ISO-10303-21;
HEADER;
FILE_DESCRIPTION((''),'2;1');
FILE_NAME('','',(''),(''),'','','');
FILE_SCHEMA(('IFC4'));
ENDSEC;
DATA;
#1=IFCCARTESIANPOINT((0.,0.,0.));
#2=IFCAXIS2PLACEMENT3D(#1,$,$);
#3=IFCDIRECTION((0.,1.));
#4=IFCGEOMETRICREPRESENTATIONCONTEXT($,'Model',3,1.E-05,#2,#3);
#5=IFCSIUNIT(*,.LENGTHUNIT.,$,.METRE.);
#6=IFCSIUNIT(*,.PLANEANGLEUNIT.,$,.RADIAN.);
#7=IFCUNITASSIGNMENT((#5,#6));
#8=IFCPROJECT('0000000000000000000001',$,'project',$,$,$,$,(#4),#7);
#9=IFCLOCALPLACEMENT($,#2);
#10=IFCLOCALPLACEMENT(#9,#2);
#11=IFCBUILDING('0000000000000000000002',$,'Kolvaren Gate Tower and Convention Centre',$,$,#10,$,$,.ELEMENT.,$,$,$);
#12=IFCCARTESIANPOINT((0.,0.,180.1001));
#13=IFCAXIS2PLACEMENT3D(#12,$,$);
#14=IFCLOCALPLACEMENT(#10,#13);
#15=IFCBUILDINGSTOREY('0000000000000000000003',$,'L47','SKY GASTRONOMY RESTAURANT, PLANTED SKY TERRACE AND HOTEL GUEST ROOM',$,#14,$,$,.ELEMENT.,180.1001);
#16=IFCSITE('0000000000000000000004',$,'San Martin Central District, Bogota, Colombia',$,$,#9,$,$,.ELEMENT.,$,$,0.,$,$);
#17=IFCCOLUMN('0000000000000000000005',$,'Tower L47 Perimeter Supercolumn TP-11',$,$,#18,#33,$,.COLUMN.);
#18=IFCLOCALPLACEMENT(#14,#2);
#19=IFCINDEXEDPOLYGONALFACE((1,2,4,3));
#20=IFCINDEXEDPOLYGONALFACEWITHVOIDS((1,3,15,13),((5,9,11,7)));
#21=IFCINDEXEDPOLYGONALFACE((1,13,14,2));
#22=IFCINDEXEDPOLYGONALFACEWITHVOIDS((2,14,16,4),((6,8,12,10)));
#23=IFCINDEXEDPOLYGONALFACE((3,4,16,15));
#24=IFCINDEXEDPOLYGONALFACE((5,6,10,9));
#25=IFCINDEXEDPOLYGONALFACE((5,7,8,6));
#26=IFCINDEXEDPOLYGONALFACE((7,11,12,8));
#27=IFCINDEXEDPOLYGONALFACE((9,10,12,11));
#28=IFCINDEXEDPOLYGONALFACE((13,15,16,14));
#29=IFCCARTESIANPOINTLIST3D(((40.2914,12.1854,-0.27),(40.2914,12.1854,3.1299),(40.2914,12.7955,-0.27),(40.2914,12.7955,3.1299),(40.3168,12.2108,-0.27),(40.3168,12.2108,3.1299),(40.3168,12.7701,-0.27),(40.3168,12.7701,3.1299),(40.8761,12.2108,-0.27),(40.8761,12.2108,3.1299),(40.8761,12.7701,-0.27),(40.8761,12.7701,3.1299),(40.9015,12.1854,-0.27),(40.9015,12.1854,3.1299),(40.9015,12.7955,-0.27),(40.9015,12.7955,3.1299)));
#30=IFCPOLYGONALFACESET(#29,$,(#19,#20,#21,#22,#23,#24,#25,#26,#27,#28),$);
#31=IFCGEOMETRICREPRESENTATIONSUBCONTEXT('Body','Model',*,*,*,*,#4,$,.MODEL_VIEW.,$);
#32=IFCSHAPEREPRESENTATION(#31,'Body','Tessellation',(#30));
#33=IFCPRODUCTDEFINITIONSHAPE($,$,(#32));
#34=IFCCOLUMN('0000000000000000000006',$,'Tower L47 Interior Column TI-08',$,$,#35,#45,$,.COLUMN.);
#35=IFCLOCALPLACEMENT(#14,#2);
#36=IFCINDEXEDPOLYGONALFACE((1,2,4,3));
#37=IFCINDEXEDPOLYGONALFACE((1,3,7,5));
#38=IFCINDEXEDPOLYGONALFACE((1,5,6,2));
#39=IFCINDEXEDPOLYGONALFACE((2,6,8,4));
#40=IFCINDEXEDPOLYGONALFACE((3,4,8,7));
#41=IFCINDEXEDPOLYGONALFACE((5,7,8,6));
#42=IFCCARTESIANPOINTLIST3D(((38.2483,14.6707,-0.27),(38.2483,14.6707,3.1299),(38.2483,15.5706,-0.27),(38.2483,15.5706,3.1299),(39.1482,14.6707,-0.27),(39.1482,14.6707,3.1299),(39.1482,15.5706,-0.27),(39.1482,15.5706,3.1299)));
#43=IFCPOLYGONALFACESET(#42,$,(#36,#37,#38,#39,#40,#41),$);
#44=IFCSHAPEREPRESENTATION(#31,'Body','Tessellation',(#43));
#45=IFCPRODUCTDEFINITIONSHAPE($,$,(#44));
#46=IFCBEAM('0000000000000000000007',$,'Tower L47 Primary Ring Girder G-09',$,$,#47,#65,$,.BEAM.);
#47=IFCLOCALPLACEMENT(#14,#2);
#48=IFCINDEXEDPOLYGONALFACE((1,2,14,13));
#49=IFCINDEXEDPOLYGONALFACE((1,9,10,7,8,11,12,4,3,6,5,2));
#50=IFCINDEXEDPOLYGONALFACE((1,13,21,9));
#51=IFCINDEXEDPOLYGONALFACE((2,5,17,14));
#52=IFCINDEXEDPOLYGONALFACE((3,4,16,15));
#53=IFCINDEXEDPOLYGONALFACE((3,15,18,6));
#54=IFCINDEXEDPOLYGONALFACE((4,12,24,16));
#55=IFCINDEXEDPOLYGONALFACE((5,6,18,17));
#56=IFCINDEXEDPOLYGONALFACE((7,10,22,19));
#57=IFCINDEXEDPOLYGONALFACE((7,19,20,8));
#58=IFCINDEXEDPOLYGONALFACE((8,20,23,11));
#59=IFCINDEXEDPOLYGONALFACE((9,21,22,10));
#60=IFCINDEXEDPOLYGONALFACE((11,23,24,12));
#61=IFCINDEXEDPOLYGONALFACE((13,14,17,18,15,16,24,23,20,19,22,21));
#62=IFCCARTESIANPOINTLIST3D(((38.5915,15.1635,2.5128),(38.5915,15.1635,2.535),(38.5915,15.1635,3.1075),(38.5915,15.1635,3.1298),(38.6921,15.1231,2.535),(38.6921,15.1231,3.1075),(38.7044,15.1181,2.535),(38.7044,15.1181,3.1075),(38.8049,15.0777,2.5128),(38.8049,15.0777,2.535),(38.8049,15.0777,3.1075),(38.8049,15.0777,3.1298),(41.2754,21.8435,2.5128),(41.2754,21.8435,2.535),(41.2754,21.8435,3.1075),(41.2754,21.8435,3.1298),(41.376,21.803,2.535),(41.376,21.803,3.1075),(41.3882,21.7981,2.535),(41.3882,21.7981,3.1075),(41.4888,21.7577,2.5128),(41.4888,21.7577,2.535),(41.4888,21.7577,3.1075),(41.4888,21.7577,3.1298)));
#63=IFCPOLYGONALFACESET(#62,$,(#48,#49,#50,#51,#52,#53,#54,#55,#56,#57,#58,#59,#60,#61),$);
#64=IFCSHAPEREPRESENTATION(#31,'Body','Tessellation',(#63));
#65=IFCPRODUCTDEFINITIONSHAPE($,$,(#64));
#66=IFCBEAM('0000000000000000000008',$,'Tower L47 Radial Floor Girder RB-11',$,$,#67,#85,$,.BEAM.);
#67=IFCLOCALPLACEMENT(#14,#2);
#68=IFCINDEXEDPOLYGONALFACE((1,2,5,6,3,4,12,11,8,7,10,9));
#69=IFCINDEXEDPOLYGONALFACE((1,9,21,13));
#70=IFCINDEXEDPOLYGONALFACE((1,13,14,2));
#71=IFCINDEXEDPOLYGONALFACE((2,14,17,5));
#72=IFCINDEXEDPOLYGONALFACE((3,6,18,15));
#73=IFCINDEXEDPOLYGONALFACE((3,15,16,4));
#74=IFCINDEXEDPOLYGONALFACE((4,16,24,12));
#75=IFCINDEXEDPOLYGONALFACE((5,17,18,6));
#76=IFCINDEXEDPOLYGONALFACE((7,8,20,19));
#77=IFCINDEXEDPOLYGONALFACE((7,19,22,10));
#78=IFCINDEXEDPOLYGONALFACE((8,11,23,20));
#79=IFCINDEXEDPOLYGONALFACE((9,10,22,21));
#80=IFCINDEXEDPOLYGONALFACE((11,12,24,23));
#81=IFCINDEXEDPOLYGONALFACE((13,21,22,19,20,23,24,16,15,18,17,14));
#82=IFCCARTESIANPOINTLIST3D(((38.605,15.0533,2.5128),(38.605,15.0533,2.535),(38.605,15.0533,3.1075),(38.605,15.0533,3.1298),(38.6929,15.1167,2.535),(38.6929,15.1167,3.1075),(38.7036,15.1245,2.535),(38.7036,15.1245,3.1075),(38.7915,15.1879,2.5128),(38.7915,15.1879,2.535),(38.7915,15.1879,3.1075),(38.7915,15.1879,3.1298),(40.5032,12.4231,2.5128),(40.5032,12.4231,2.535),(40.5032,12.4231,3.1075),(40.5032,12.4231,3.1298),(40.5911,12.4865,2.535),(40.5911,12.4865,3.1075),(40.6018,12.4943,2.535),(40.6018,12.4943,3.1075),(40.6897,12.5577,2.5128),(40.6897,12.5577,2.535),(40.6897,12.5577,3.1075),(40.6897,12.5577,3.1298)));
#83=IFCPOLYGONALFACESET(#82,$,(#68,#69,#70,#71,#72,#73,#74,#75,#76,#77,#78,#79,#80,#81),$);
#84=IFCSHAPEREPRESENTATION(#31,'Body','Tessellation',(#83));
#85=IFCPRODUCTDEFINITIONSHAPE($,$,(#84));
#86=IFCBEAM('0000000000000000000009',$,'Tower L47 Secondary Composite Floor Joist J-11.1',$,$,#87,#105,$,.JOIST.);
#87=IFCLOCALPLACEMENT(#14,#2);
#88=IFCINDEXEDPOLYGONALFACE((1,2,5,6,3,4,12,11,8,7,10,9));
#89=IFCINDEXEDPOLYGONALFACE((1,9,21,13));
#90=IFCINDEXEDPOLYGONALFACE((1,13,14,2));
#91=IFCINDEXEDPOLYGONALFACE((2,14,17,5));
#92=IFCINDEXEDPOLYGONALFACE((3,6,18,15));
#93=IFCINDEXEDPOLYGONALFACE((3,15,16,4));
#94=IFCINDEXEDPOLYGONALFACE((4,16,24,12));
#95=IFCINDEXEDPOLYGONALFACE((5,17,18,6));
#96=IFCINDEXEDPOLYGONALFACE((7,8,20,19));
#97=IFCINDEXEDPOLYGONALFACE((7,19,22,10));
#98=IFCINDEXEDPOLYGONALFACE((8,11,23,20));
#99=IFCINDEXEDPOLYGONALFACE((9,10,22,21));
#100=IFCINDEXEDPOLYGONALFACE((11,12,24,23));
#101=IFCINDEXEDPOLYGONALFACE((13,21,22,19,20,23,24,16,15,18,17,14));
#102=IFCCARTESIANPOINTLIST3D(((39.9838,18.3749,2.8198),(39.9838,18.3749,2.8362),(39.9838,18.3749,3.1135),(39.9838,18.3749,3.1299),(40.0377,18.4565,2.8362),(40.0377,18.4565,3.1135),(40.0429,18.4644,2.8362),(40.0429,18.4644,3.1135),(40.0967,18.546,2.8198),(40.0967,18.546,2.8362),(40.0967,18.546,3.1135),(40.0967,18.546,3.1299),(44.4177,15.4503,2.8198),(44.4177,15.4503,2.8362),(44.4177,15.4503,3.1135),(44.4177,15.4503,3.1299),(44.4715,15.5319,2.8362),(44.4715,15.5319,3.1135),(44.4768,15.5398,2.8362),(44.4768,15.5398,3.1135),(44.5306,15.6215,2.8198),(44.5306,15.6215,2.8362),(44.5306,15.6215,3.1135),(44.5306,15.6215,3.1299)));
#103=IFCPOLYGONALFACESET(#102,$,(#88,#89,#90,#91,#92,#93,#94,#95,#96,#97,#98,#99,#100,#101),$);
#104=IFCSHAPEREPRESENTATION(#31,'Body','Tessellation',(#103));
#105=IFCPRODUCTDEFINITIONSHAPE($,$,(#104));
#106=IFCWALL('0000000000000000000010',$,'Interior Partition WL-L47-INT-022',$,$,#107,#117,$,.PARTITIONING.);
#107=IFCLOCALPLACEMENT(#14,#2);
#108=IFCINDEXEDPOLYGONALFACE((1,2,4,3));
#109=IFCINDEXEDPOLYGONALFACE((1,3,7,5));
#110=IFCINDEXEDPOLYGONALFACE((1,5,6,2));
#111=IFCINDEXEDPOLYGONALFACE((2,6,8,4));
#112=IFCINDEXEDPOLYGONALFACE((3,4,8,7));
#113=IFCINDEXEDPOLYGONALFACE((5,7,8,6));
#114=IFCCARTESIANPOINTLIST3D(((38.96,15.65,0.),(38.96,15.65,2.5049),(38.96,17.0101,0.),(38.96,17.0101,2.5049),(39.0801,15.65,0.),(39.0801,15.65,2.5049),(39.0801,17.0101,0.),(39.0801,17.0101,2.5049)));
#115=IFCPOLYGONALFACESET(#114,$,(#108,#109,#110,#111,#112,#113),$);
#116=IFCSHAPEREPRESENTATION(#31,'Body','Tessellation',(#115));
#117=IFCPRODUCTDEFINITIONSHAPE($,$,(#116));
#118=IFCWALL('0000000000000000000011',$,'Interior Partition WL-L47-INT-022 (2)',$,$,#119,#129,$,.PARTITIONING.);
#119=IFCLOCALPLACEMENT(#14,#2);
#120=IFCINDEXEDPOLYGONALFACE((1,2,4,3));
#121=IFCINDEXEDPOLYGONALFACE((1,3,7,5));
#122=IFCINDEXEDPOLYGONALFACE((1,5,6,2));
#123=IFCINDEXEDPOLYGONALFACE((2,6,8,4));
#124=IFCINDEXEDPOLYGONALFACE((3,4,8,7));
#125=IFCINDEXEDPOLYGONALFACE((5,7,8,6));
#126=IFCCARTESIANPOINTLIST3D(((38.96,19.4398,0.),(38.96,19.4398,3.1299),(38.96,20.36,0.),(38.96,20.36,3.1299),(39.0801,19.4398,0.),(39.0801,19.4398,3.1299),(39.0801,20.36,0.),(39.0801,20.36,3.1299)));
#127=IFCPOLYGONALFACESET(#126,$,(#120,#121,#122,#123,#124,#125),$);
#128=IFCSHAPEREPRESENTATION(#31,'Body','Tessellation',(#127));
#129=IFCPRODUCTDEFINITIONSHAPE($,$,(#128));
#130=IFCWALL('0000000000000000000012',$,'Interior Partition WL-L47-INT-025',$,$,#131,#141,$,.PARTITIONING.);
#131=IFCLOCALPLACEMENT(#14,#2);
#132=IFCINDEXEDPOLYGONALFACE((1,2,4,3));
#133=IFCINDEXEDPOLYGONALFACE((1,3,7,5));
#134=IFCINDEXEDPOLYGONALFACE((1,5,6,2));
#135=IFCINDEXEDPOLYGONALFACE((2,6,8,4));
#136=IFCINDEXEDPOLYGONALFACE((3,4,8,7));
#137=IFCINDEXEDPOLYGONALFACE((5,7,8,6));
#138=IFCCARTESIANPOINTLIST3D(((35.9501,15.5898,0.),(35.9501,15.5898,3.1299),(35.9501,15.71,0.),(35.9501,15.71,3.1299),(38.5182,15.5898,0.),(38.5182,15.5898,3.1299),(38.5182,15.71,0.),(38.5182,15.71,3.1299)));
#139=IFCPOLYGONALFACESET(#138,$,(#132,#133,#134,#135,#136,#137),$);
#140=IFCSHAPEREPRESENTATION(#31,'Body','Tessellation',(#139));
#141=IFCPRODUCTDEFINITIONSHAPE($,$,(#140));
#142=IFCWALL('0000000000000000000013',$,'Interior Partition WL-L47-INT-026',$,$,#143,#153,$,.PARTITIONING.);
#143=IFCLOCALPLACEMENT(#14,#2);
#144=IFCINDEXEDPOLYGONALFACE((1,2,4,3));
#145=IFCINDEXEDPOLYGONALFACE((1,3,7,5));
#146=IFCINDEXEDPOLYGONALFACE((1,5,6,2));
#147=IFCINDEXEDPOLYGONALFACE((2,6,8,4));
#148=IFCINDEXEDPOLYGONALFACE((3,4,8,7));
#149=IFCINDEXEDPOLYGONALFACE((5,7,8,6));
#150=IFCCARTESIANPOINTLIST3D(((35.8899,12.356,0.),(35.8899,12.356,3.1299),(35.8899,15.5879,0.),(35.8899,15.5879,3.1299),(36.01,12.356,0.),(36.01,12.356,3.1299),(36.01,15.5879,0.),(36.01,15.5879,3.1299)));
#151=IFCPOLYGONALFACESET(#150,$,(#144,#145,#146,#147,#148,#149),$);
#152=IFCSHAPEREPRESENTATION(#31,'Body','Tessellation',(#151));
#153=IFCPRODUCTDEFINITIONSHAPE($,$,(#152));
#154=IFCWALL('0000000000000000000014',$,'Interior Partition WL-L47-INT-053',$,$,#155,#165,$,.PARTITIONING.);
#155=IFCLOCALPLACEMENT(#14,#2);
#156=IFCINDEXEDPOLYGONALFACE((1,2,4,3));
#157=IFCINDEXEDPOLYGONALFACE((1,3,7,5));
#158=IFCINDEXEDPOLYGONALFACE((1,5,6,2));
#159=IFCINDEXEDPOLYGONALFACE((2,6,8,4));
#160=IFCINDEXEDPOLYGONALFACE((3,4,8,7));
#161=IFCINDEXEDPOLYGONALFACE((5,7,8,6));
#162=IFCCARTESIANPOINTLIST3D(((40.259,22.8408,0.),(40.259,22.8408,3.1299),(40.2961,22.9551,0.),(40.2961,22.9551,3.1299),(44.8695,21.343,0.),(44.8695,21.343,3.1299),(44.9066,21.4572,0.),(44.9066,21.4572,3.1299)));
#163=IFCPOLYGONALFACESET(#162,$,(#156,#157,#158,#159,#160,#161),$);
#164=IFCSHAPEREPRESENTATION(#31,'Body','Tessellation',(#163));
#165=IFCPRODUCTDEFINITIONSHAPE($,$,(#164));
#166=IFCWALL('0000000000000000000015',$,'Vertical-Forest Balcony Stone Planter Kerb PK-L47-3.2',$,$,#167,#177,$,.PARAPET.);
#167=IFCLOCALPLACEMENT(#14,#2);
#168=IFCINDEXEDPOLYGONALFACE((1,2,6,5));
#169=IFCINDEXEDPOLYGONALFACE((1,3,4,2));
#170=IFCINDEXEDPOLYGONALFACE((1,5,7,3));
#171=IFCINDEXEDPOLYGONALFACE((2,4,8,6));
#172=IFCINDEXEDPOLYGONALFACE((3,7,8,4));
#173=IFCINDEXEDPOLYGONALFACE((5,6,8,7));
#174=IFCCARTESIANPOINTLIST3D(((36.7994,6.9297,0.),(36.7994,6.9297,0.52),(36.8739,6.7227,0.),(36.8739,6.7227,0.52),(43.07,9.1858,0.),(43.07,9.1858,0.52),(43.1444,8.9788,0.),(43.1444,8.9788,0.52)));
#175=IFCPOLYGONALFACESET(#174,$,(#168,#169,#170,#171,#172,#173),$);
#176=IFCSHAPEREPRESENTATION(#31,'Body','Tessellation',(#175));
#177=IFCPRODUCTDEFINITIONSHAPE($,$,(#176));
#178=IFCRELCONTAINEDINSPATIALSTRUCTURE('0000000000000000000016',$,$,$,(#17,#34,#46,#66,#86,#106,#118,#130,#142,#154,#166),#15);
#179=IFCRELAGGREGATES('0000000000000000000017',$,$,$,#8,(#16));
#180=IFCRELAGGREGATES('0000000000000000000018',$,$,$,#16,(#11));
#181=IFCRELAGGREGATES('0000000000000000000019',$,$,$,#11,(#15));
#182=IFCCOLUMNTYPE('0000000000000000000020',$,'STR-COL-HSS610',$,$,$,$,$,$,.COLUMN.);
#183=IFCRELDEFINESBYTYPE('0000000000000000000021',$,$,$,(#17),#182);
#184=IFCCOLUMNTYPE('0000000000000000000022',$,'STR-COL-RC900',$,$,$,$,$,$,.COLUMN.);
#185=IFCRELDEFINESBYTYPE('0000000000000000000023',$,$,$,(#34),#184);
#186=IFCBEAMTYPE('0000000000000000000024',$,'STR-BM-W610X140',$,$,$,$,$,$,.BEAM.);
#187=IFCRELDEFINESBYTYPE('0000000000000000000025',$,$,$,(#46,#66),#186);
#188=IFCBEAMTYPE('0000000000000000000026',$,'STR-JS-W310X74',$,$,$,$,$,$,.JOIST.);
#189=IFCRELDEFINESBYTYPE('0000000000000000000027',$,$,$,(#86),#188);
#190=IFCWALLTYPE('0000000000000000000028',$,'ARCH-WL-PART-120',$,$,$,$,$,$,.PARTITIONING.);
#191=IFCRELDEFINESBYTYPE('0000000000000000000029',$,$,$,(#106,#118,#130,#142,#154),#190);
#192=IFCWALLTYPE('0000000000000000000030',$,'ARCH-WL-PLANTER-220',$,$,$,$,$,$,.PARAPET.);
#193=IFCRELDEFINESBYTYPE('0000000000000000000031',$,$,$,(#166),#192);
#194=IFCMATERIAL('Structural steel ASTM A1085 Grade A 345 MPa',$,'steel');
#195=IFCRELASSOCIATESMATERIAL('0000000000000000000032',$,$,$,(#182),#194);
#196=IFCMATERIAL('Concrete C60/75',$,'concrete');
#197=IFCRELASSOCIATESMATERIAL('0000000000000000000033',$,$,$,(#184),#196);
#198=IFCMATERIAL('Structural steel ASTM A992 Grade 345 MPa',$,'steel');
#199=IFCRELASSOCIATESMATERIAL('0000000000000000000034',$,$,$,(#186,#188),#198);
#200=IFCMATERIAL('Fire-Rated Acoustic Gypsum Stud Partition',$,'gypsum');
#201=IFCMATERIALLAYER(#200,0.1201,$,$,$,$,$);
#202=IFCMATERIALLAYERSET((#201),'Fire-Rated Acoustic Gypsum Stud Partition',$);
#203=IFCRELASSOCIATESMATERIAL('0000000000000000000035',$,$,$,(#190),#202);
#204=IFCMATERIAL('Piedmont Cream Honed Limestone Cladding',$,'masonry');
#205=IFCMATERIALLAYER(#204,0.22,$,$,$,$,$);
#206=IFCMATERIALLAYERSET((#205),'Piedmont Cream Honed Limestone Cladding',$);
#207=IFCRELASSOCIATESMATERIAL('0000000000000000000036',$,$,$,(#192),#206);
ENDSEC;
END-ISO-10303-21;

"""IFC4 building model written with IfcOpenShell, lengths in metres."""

from ifc_helpers import new_model, si_unit, direction, frame, frame_2d, origin, origin_2d, place, context, subcontext, project, spatial, rectangle, hollow_rectangle, i_section, extrude, material, layer, layer_set, material_profile, profile_set, type_object, element, save


model = new_model("IFC4")

# Units and contexts
model_context = context("Model", 3, precision=1e-05, world=origin(), true_north=direction((0.0, 1.0)))
body_context = subcontext(model_context, "Body", "Model", "MODEL_VIEW")
ifc_project = project(units=[si_unit("LENGTHUNIT", "METRE"), si_unit("PLANEANGLEUNIT", "RADIAN")], contexts=[model_context])

# Site, building, storey
site_placement = place(None, origin())
site = spatial("IfcSite", under=ifc_project, at=site_placement, Name="San Martin Central District, Bogota, Colombia", CompositionType="ELEMENT", RefElevation=0.0)
building_placement = place(site_placement, origin())
building = spatial("IfcBuilding", under=site, at=building_placement, Name="Kolvaren Gate Tower and Convention Centre", CompositionType="ELEMENT")
storey_placement = place(building_placement, frame((0.0, 0.0, 180.1001)))
storey = spatial("IfcBuildingStorey", under=building, at=storey_placement, Name="L47", Description="SKY GASTRONOMY RESTAURANT, PLANTED SKY TERRACE AND HOTEL GUEST ROOM", CompositionType="ELEMENT", Elevation=180.1001)

# Columns
ifc_material_1 = material(Name="Structural steel ASTM A1085 Grade A 345 MPa", Category="steel")
ifc_material_profile_1 = material_profile(ifc_material_1, hollow_rectangle(XDim=0.6101, YDim=0.6101, WallThickness=0.0254, at=origin_2d()), Name="HSS610X610X25.4")
ifc_profile_set_1 = profile_set([ifc_material_profile_1], Name="Structural steel ASTM A1085 Grade A 345 MPa")
column_type_1 = type_object("IfcColumnType", Name="STR-COL-HSS610", PredefinedType="COLUMN", material=ifc_profile_set_1)
column_1_placement = place(storey_placement, frame((40.5964, 12.4905, -0.27), z_axis=(0.0, 0.0, 1.0), x_axis=(1.0, 0.0, 0.0)))
element("IfcColumn", 1, at=column_1_placement, inside=storey, type_object=column_type_1, Name="Tower L47 Perimeter Supercolumn TP-11", PredefinedType="COLUMN", context=body_context, shape_type="SweptSolid", body=[
    extrude(hollow_rectangle(XDim=0.6101, YDim=0.6101, WallThickness=0.0254, at=origin_2d()), origin(), (0.0, 0.0, 1.0), 3.3999),
])
ifc_material_2 = material(Name="Concrete C60/75", Category="concrete")
ifc_material_profile_2 = material_profile(ifc_material_2, rectangle(XDim=0.8999, YDim=0.8999, at=origin_2d()), Name="RC-COL-900X900")
ifc_profile_set_2 = profile_set([ifc_material_profile_2], Name="Concrete C60/75")
column_type_2 = type_object("IfcColumnType", Name="STR-COL-RC900", PredefinedType="COLUMN", material=ifc_profile_set_2)
column_2_placement = place(storey_placement, frame((38.6982, 15.1206, -0.27), z_axis=(0.0, 0.0, 1.0), x_axis=(1.0, 0.0, 0.0)))
element("IfcColumn", 2, at=column_2_placement, inside=storey, type_object=column_type_2, Name="Tower L47 Interior Column TI-08", PredefinedType="COLUMN", context=body_context, shape_type="SweptSolid", body=[
    extrude(rectangle(XDim=0.8999, YDim=0.8999, at=origin_2d()), origin(), (0.0, 0.0, 1.0), 3.3999),
])

# Beams
ifc_material_3 = material(Name="Structural steel ASTM A992 Grade 345 MPa", Category="steel")
ifc_material_profile_3 = material_profile(ifc_material_3, i_section(OverallWidth=0.23, OverallDepth=0.6169, WebThickness=0.0132, FlangeThickness=0.0222, at=origin_2d()), Name="W610X140")
ifc_profile_set_3 = profile_set([ifc_material_profile_3], Name="Structural steel ASTM A992 Grade 345 MPa")
beam_type_1 = type_object("IfcBeamType", Name="STR-BM-W610X140", PredefinedType="BEAM", material=ifc_profile_set_3)
beam_1_placement = place(storey_placement, frame((38.6982, 15.1206, 2.8213), z_axis=(0.372811, 0.927907, 0.0), x_axis=(-0.927907, 0.372811, 0.0)))
element("IfcBeam", 3, at=beam_1_placement, inside=storey, type_object=beam_type_1, Name="Tower L47 Primary Ring Girder G-09", PredefinedType="BEAM", context=body_context, shape_type="SweptSolid", body=[
    extrude(i_section(OverallWidth=0.23, OverallDepth=0.6169, WebThickness=0.0132, FlangeThickness=0.0222, at=origin_2d()), origin(), (0.0, 0.0, 1.0), 7.199),
])
beam_2_placement = place(storey_placement, frame((38.6982, 15.1206, 2.8213), z_axis=(0.585218, -0.810876, 0.0), x_axis=(0.810876, 0.585218, 0.0)))
element("IfcBeam", 4, at=beam_2_placement, inside=storey, type_object=beam_type_1, Name="Tower L47 Radial Floor Girder RB-11", PredefinedType="BEAM", context=body_context, shape_type="SweptSolid", body=[
    extrude(i_section(OverallWidth=0.23, OverallDepth=0.6169, WebThickness=0.0132, FlangeThickness=0.0222, at=origin_2d()), origin(), (0.0, 0.0, 1.0), 3.2437),
])
ifc_material_profile_4 = material_profile(ifc_material_3, i_section(OverallWidth=0.2051, OverallDepth=0.3101, WebThickness=0.0095, FlangeThickness=0.0164, at=origin_2d()), Name="W310X74")
ifc_profile_set_4 = profile_set([ifc_material_profile_4], Name="Structural steel ASTM A992 Grade 345 MPa")
beam_type_2 = type_object("IfcBeamType", Name="STR-JS-W310X74", PredefinedType="JOIST", material=ifc_profile_set_4)
beam_3_placement = place(storey_placement, frame((40.0403, 18.4604, 2.9749), z_axis=(0.834763, -0.55061, 0.0), x_axis=(0.55061, 0.834763, 0.0)))
element("IfcBeam", 5, at=beam_3_placement, inside=storey, type_object=beam_type_2, Name="Tower L47 Secondary Composite Floor Joist J-11.1", PredefinedType="JOIST", context=body_context, shape_type="SweptSolid", body=[
    extrude(i_section(OverallWidth=0.2051, OverallDepth=0.3101, WebThickness=0.0095, FlangeThickness=0.0164, at=origin_2d()), origin(), (0.0, 0.0, 1.0), 5.3115),
])

# Walls
ifc_material_4 = material(Name="Fire-Rated Acoustic Gypsum Stud Partition", Category="gypsum")
ifc_layer_1 = layer(ifc_material_4, 0.1201)
ifc_layer_set_1 = layer_set([ifc_layer_1], Name="Fire-Rated Acoustic Gypsum Stud Partition")
wall_type_1 = type_object("IfcWallType", Name="ARCH-WL-PART-120", PredefinedType="PARTITIONING", material=ifc_layer_set_1)
wall_1_placement = place(storey_placement, frame((39.02, 15.6499, 0.0), z_axis=(0.0, 0.0, 1.0), x_axis=(0.0, 1.0, 0.0)))
element("IfcWall", 6, at=wall_1_placement, inside=storey, type_object=wall_type_1, Name="Interior Partition WL-L47-INT-022", PredefinedType="PARTITIONING", context=body_context, shape_type="SweptSolid", body=[
    extrude(rectangle(XDim=1.3601, YDim=0.1201, at=frame_2d((0.6802, 0.0))), origin(), (0.0, 0.0, 1.0), 2.5049),
])
wall_2_placement = place(storey_placement, frame((39.02, 19.4399, 0.0), z_axis=(0.0, 0.0, 1.0), x_axis=(0.0, 1.0, 0.0)))
element("IfcWall", 7, at=wall_2_placement, inside=storey, type_object=wall_type_1, Name="Interior Partition WL-L47-INT-022 (2)", PredefinedType="PARTITIONING", context=body_context, shape_type="SweptSolid", body=[
    extrude(rectangle(XDim=0.9202, YDim=0.1201, at=frame_2d((0.46, 0.0))), origin(), (0.0, 0.0, 1.0), 3.1299),
])
wall_3_placement = place(storey_placement, frame((35.95, 15.6499, 0.0), z_axis=(0.0, 0.0, 1.0), x_axis=(1.0, 0.0, 0.0)))
element("IfcWall", 8, at=wall_3_placement, inside=storey, type_object=wall_type_1, Name="Interior Partition WL-L47-INT-025", PredefinedType="PARTITIONING", context=body_context, shape_type="SweptSolid", body=[
    extrude(rectangle(XDim=2.5681, YDim=0.1201, at=frame_2d((1.2842, 0.0))), origin(), (0.0, 0.0, 1.0), 3.1299),
])
wall_4_placement = place(storey_placement, frame((35.95, 12.356, 0.0), z_axis=(0.0, 0.0, 1.0), x_axis=(0.0, 1.0, 0.0)))
element("IfcWall", 9, at=wall_4_placement, inside=storey, type_object=wall_type_1, Name="Interior Partition WL-L47-INT-026", PredefinedType="PARTITIONING", context=body_context, shape_type="SweptSolid", body=[
    extrude(rectangle(XDim=3.2319, YDim=0.1201, at=frame_2d((1.616, 0.0))), origin(), (0.0, 0.0, 1.0), 3.1299),
])
wall_5_placement = place(storey_placement, frame((40.2776, 22.8979, 0.0), z_axis=(0.0, 0.0, 1.0), x_axis=(0.951068, -0.308981, 0.0)))
element("IfcWall", 10, at=wall_5_placement, inside=storey, type_object=wall_type_1, Name="Interior Partition WL-L47-INT-053", PredefinedType="PARTITIONING", context=body_context, shape_type="SweptSolid", body=[
    extrude(rectangle(XDim=4.8477, YDim=0.1201, at=frame_2d((2.4238, 0.0))), origin(), (0.0, 0.0, 1.0), 3.1299),
])
ifc_material_5 = material(Name="Piedmont Cream Honed Limestone Cladding", Category="masonry")
ifc_layer_2 = layer(ifc_material_5, 0.22)
ifc_layer_set_2 = layer_set([ifc_layer_2], Name="Piedmont Cream Honed Limestone Cladding")
wall_type_2 = type_object("IfcWallType", Name="ARCH-WL-PLANTER-220", PredefinedType="PARAPET", material=ifc_layer_set_2)
wall_6_placement = place(storey_placement, frame((36.8367, 6.8262, 0.0), z_axis=(0.0, 0.0, 1.0), x_axis=(0.940949, 0.33855, 0.0)))
element("IfcWall", 11, at=wall_6_placement, inside=storey, type_object=wall_type_2, Name="Vertical-Forest Balcony Stone Planter Kerb PK-L47-3.2", PredefinedType="PARAPET", context=body_context, shape_type="SweptSolid", body=[
    extrude(rectangle(XDim=6.6641, YDim=0.22, at=frame_2d((3.332, 0.0))), origin(), (0.0, 0.0, 1.0), 0.52),
])

save(model, "model.ifc")
